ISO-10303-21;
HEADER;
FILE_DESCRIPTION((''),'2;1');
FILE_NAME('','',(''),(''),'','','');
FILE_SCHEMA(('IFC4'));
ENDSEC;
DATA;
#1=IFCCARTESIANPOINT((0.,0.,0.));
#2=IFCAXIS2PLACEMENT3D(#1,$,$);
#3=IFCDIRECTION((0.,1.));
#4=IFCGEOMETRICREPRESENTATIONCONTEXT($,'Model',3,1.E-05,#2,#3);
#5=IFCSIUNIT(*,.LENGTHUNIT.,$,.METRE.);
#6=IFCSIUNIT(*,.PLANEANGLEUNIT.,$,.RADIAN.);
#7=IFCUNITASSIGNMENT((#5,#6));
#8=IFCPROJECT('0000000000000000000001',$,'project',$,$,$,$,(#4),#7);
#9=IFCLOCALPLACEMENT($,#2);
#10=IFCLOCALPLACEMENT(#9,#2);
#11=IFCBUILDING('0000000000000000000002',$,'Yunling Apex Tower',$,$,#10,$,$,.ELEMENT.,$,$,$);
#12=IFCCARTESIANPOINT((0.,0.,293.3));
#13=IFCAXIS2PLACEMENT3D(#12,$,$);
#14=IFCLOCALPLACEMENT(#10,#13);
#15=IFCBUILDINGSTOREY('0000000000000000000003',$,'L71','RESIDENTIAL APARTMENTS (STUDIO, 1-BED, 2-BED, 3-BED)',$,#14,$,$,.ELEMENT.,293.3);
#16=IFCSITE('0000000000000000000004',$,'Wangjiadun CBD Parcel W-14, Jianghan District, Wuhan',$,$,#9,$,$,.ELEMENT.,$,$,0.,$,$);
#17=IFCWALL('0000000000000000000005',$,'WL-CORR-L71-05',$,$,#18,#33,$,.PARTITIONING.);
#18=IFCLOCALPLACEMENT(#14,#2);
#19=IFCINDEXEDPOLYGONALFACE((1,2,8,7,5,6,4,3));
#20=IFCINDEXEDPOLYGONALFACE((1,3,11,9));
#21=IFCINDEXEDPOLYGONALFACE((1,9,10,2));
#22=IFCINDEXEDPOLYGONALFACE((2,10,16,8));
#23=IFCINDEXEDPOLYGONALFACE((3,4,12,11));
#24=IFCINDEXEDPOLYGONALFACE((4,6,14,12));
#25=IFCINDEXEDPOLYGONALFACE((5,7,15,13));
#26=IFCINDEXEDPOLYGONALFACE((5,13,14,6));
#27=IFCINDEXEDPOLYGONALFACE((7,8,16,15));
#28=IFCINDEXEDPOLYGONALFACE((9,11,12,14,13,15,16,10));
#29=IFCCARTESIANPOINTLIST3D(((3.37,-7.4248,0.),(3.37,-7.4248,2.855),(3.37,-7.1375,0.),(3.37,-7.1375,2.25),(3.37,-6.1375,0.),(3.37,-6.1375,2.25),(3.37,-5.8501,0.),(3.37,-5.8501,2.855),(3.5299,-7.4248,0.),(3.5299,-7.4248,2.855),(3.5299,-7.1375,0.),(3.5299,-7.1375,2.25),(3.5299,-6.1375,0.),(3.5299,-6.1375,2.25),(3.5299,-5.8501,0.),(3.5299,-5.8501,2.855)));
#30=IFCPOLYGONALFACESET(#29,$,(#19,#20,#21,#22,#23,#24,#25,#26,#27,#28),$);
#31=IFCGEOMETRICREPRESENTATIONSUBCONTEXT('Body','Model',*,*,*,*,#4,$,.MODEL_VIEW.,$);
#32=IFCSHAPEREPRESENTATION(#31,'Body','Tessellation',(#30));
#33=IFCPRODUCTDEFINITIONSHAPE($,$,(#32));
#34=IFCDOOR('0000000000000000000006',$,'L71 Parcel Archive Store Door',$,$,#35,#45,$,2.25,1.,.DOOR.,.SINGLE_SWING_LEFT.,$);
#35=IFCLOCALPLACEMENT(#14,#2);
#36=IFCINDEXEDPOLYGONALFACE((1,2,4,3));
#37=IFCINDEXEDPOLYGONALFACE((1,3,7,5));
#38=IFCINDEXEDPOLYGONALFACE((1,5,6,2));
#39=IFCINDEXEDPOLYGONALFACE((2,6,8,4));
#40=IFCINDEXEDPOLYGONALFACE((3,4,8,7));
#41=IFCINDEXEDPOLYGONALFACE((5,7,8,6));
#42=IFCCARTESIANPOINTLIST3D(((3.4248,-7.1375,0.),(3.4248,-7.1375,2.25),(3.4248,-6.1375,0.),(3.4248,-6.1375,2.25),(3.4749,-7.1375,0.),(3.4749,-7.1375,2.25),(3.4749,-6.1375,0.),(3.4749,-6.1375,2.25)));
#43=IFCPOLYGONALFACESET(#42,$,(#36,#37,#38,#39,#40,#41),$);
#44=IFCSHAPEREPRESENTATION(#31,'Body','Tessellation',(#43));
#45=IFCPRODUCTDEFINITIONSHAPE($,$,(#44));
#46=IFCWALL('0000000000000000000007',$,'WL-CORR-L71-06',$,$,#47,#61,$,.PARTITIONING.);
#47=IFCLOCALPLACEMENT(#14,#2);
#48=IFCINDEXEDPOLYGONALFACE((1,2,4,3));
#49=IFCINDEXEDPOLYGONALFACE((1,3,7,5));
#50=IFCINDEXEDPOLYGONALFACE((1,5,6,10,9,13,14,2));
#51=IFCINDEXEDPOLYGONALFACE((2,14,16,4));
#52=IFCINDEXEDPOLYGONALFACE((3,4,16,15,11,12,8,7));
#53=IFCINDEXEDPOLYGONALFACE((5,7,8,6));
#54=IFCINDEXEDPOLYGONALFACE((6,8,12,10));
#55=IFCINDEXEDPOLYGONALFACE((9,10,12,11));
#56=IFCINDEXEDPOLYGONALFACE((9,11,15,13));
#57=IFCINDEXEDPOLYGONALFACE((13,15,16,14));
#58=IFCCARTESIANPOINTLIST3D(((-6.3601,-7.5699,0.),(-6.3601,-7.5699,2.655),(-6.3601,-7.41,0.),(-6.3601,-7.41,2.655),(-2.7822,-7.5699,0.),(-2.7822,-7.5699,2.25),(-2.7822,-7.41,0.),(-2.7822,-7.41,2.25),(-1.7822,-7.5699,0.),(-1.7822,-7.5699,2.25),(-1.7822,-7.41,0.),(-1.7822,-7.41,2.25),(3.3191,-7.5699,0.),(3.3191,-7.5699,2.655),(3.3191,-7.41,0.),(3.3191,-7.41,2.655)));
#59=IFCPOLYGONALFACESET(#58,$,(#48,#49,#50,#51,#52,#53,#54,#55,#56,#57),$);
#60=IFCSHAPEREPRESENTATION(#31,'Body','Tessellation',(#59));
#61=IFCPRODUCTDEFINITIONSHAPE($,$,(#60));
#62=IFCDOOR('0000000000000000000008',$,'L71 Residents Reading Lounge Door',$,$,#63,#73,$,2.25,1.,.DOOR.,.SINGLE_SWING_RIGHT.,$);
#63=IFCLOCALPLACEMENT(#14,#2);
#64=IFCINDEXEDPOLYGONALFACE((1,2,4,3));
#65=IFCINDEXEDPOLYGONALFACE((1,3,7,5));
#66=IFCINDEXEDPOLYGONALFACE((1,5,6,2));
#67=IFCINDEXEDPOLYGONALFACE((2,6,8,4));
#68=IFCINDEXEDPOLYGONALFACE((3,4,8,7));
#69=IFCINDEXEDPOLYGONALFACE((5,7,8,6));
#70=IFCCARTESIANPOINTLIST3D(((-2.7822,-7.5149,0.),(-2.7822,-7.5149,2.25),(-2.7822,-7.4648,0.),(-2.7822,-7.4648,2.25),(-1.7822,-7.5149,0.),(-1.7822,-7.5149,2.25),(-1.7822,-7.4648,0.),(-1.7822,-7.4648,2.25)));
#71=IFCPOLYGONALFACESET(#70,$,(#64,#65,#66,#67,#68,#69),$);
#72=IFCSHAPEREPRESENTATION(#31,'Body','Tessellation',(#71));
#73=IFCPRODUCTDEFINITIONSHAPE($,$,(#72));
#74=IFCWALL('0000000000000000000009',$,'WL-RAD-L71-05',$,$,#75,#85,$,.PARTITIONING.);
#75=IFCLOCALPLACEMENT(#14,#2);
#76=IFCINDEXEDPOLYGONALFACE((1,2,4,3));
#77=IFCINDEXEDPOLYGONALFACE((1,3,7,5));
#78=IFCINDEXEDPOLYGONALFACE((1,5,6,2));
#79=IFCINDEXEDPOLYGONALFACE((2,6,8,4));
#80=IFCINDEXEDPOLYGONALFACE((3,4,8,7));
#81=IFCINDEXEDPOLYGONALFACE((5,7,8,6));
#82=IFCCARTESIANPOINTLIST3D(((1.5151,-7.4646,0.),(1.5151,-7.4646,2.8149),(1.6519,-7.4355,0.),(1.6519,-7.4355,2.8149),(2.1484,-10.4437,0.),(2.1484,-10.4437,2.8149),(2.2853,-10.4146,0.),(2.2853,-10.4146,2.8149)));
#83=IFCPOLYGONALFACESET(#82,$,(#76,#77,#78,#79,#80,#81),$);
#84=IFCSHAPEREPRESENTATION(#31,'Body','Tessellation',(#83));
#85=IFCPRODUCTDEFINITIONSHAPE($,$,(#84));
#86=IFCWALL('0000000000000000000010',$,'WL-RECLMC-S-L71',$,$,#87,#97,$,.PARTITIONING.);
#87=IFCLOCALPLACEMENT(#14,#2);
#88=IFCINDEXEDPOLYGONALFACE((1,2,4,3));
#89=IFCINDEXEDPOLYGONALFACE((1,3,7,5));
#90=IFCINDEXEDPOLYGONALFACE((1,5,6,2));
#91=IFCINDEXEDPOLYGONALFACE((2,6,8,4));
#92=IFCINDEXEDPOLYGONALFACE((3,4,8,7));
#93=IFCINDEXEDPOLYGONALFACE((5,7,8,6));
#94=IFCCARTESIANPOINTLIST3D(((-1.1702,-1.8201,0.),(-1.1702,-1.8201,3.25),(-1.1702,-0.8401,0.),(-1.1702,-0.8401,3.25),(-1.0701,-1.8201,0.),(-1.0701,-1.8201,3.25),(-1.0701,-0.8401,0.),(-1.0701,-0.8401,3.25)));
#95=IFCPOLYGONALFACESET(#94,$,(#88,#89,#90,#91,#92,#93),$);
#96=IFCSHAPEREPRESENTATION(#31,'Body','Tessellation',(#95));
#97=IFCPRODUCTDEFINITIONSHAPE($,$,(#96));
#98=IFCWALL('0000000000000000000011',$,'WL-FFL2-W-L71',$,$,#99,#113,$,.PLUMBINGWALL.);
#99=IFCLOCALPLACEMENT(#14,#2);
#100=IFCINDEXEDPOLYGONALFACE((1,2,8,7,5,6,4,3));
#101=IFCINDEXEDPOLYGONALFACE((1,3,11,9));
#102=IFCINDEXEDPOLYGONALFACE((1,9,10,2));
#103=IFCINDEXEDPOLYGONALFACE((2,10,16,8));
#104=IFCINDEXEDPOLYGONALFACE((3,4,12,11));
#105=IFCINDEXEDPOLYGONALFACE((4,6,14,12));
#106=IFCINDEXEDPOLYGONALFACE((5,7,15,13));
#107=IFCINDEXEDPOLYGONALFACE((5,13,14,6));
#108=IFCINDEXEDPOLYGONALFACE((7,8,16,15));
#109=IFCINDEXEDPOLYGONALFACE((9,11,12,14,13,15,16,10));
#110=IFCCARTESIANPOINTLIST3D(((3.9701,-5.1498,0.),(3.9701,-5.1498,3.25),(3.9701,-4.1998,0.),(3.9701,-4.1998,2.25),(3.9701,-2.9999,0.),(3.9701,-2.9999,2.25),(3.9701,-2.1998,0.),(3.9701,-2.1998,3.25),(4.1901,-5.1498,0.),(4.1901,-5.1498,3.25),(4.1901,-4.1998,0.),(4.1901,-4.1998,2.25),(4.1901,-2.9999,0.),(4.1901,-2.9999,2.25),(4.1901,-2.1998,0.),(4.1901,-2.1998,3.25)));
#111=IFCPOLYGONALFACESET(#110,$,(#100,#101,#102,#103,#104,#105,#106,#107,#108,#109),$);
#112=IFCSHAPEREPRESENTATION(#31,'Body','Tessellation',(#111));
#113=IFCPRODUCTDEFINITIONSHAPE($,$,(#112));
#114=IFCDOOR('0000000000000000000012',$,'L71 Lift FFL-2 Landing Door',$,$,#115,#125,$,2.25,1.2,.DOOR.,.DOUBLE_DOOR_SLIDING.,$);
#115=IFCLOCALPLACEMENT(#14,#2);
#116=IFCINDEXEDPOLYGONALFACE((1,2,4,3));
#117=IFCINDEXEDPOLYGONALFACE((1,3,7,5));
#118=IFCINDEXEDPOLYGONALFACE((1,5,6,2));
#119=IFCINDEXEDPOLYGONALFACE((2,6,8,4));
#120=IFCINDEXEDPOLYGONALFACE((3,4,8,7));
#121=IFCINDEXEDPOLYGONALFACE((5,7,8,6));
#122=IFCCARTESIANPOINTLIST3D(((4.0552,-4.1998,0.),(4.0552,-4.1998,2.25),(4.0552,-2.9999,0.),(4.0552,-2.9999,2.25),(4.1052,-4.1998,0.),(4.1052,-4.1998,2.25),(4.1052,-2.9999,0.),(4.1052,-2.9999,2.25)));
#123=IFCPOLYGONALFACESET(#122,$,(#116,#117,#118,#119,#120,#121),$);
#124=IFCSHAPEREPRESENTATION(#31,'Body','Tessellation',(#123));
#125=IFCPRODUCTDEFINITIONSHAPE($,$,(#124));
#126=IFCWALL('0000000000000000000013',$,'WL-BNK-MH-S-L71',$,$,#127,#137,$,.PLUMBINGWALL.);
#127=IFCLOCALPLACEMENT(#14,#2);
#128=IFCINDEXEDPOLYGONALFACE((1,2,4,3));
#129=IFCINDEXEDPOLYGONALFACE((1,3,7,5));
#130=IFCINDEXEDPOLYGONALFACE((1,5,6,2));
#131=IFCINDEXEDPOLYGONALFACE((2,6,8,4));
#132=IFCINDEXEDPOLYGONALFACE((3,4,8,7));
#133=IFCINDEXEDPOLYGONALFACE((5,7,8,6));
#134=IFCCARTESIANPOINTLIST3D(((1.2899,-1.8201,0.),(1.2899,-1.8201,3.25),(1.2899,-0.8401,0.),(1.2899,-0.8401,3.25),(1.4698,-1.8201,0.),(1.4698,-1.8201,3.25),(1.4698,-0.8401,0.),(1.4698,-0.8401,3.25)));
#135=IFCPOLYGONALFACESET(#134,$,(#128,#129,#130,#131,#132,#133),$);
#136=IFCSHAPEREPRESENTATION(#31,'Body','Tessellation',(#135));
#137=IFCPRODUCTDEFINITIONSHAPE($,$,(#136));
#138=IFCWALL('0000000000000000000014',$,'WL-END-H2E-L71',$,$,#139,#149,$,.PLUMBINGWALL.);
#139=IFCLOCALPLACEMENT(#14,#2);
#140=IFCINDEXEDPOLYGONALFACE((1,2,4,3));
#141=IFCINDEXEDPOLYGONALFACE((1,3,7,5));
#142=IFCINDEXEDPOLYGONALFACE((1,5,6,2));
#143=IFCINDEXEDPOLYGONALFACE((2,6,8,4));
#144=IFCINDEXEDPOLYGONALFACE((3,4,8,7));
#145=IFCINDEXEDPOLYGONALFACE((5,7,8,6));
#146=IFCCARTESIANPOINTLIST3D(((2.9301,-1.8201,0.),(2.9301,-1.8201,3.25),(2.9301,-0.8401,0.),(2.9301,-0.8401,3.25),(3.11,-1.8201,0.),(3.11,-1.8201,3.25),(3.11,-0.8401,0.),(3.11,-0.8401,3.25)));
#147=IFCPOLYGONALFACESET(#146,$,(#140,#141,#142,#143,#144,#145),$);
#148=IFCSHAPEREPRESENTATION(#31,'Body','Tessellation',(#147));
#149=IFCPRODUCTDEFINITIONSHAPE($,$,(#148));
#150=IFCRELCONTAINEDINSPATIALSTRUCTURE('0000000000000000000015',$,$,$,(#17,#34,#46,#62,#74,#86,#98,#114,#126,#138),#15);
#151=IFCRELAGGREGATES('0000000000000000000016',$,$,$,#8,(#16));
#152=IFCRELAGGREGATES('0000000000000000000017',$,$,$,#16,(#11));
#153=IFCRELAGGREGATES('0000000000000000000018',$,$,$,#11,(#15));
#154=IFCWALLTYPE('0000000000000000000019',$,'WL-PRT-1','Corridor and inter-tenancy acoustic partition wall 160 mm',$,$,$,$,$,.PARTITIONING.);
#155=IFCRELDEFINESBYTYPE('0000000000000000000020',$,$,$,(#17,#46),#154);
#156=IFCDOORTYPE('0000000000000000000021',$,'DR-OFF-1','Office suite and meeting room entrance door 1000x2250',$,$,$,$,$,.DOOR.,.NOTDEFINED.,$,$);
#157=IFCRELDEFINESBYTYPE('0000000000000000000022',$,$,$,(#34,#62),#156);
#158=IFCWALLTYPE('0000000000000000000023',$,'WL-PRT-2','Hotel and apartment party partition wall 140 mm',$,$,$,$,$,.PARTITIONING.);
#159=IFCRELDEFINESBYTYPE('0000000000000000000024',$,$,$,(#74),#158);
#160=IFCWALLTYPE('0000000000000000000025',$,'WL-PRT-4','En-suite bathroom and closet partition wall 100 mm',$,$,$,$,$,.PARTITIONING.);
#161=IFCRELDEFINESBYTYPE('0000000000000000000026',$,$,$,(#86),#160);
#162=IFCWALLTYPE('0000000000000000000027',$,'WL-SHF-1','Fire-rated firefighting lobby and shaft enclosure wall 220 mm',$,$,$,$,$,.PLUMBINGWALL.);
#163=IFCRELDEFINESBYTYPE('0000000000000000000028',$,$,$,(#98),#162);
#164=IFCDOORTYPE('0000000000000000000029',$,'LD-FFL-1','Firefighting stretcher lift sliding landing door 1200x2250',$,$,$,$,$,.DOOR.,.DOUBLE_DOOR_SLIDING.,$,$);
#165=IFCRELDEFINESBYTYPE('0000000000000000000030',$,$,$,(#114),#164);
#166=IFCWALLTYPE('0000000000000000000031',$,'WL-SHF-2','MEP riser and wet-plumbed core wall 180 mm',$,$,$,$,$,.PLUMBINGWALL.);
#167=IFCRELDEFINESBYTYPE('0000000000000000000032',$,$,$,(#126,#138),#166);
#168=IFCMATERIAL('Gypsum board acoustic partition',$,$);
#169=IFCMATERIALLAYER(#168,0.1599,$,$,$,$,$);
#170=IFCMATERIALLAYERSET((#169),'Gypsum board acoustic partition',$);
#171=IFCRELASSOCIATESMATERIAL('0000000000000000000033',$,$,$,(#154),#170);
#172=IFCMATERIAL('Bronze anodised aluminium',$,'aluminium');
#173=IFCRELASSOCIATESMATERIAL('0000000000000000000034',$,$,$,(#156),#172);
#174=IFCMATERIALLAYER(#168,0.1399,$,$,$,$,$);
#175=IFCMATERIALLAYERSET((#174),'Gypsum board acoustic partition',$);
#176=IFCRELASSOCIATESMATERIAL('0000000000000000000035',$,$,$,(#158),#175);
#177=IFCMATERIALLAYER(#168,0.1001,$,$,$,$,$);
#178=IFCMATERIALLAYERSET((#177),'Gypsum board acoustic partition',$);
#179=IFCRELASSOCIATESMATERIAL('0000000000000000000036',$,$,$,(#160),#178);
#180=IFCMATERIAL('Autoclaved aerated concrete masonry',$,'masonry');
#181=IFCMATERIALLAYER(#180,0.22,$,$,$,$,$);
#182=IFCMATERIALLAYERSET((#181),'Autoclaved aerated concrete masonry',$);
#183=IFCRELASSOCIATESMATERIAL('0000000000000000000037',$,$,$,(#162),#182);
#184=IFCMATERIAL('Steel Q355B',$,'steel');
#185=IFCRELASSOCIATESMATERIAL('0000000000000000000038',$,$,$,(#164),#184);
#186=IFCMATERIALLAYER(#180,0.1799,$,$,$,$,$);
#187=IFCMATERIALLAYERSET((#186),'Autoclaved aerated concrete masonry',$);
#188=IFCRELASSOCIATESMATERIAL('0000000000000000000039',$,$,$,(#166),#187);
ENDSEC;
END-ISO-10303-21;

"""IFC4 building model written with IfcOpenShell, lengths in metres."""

from ifc_helpers import new_model, si_unit, direction, frame, frame_2d, origin, place, context, subcontext, project, spatial, rectangle, extrude, material, layer, layer_set, type_object, element, fill, save


model = new_model("IFC4")

# Units and contexts
model_context = context("Model", 3, precision=1e-05, world=origin(), true_north=direction((0.0, 1.0)))
body_context = subcontext(model_context, "Body", "Model", "MODEL_VIEW")
ifc_project = project(units=[si_unit("LENGTHUNIT", "METRE"), si_unit("PLANEANGLEUNIT", "RADIAN")], contexts=[model_context])

# Site, building, storey
site_placement = place(None, origin())
site = spatial("IfcSite", under=ifc_project, at=site_placement, Name="Wangjiadun CBD Parcel W-14, Jianghan District, Wuhan", CompositionType="ELEMENT", RefElevation=0.0)
building_placement = place(site_placement, origin())
building = spatial("IfcBuilding", under=site, at=building_placement, Name="Yunling Apex Tower", CompositionType="ELEMENT")
storey_placement = place(building_placement, frame((0.0, 0.0, 293.3)))
storey = spatial("IfcBuildingStorey", under=building, at=storey_placement, Name="L71", Description="RESIDENTIAL APARTMENTS (STUDIO, 1-BED, 2-BED, 3-BED)", CompositionType="ELEMENT", Elevation=293.3)

# Shared definitions
ifc_material_1 = material(Name="Steel Q355B", Category="steel")

# Shared definitions
ifc_material_2 = material(Name="Bronze anodised aluminium", Category="aluminium")

# Walls, openings, doors
ifc_material_3 = material(Name="Gypsum board acoustic partition")
ifc_layer_1 = layer(ifc_material_3, 0.1599)
ifc_layer_set_1 = layer_set([ifc_layer_1], Name="Gypsum board acoustic partition")
wall_type_1 = type_object("IfcWallType", Name="WL-PRT-1", Description="Corridor and inter-tenancy acoustic partition wall 160 mm", PredefinedType="PARTITIONING", material=ifc_layer_set_1)
wall_1_placement = place(storey_placement, frame((3.45, -5.8501, 0.0), z_axis=(0.0, 0.0, 1.0), x_axis=(0.0, -1.0, 0.0)))
wall_1 = element("IfcWall", 1, at=wall_1_placement, inside=storey, type_object=wall_type_1, Name="WL-CORR-L71-05", PredefinedType="PARTITIONING", context=body_context, shape_type="SweptSolid", body=[
    extrude(rectangle(XDim=1.5747, YDim=0.1599, at=frame_2d((0.7874, 0.0))), origin(), (0.0, 0.0, 1.0), 2.855),
])
opening_1_placement = place(wall_1_placement, frame((0.2874, 0.0, 0.0)))
opening_1 = element("IfcOpeningElement", 2, at=opening_1_placement, cuts=wall_1, PredefinedType="OPENING", context=body_context, shape_type="SweptSolid", body=[
    extrude(rectangle(XDim=1.0, YDim=2.25, at=frame_2d((0.5, 1.125))), frame((0.0, 0.0898, 0.0), z_axis=(0.0, -1.0, 0.0), x_axis=(1.0, 0.0, 0.0)), (0.0, 0.0, 1.0), 0.1799),
])
door_type_1 = type_object("IfcDoorType", Name="DR-OFF-1", Description="Office suite and meeting room entrance door 1000x2250", OperationType="NOTDEFINED", PredefinedType="DOOR", material=ifc_material_2)
door_1_placement = place(opening_1_placement, origin())
door_1 = element("IfcDoor", 3, at=door_1_placement, inside=storey, type_object=door_type_1, Name="L71 Parcel Archive Store Door", OperationType="SINGLE_SWING_LEFT", OverallHeight=2.25, OverallWidth=1.0, PredefinedType="DOOR", context=body_context, shape_type="SweptSolid", body=[
    extrude(rectangle(XDim=1.0, YDim=2.25, at=frame_2d((0.5, 1.125))), frame((0.0, 0.0249, 0.0), z_axis=(0.0, -1.0, 0.0), x_axis=(1.0, 0.0, 0.0)), (0.0, 0.0, 1.0), 0.05),
])
fill(opening_1, door_1)
wall_2_placement = place(storey_placement, frame((3.3191, -7.49, 0.0), z_axis=(0.0, 0.0, 1.0), x_axis=(-1.0, 0.0, 0.0)))
wall_2 = element("IfcWall", 4, at=wall_2_placement, inside=storey, type_object=wall_type_1, Name="WL-CORR-L71-06", PredefinedType="PARTITIONING", context=body_context, shape_type="SweptSolid", body=[
    extrude(rectangle(XDim=9.6792, YDim=0.1599, at=frame_2d((4.8396, 0.0))), origin(), (0.0, 0.0, 1.0), 2.655),
])
opening_2_placement = place(wall_2_placement, frame((5.1013, 0.0, 0.0)))
opening_2 = element("IfcOpeningElement", 5, at=opening_2_placement, cuts=wall_2, PredefinedType="OPENING", context=body_context, shape_type="SweptSolid", body=[
    extrude(rectangle(XDim=1.0, YDim=2.25, at=frame_2d((0.5, 1.125))), frame((0.0, 0.0898, 0.0), z_axis=(0.0, -1.0, 0.0), x_axis=(1.0, 0.0, 0.0)), (0.0, 0.0, 1.0), 0.1799),
])
door_2_placement = place(opening_2_placement, origin())
door_2 = element("IfcDoor", 6, at=door_2_placement, inside=storey, type_object=door_type_1, Name="L71 Residents Reading Lounge Door", OperationType="SINGLE_SWING_RIGHT", OverallHeight=2.25, OverallWidth=1.0, PredefinedType="DOOR", context=body_context, shape_type="SweptSolid", body=[
    extrude(rectangle(XDim=1.0, YDim=2.25, at=frame_2d((0.5, 1.125))), frame((0.0, 0.0249, 0.0), z_axis=(0.0, -1.0, 0.0), x_axis=(1.0, 0.0, 0.0)), (0.0, 0.0, 1.0), 0.05),
])
fill(opening_2, door_2)

# Walls
ifc_layer_2 = layer(ifc_material_3, 0.1399)
ifc_layer_set_2 = layer_set([ifc_layer_2], Name="Gypsum board acoustic partition")
wall_type_2 = type_object("IfcWallType", Name="WL-PRT-2", Description="Hotel and apartment party partition wall 140 mm", PredefinedType="PARTITIONING", material=ifc_layer_set_2)
wall_3_placement = place(storey_placement, frame((1.5835, -7.45, 0.0), z_axis=(0.0, 0.0, 1.0), x_axis=(0.207941, -0.978141, 0.0)))
element("IfcWall", 7, at=wall_3_placement, inside=storey, type_object=wall_type_2, Name="WL-RAD-L71-05", PredefinedType="PARTITIONING", context=body_context, shape_type="SweptSolid", body=[
    extrude(rectangle(XDim=3.0457, YDim=0.1399, at=frame_2d((1.5229, 0.0))), origin(), (0.0, 0.0, 1.0), 2.8149),
])
ifc_layer_3 = layer(ifc_material_3, 0.1001)
ifc_layer_set_3 = layer_set([ifc_layer_3], Name="Gypsum board acoustic partition")
wall_type_3 = type_object("IfcWallType", Name="WL-PRT-4", Description="En-suite bathroom and closet partition wall 100 mm", PredefinedType="PARTITIONING", material=ifc_layer_set_3)
wall_4_placement = place(storey_placement, frame((-1.1201, -1.8201, 0.0), z_axis=(0.0, 0.0, 1.0), x_axis=(0.0, 1.0, 0.0)))
element("IfcWall", 8, at=wall_4_placement, inside=storey, type_object=wall_type_3, Name="WL-RECLMC-S-L71", PredefinedType="PARTITIONING", context=body_context, shape_type="SweptSolid", body=[
    extrude(rectangle(XDim=0.98, YDim=0.1001, at=frame_2d((0.49, 0.0))), origin(), (0.0, 0.0, 1.0), 3.25),
])

# Wall, opening, door
ifc_material_4 = material(Name="Autoclaved aerated concrete masonry", Category="masonry")
ifc_layer_4 = layer(ifc_material_4, 0.22)
ifc_layer_set_4 = layer_set([ifc_layer_4], Name="Autoclaved aerated concrete masonry")
wall_type_4 = type_object("IfcWallType", Name="WL-SHF-1", Description="Fire-rated firefighting lobby and shaft enclosure wall 220 mm", PredefinedType="PLUMBINGWALL", material=ifc_layer_set_4)
wall_5_placement = place(storey_placement, frame((4.0801, -5.1499, 0.0), z_axis=(0.0, 0.0, 1.0), x_axis=(0.0, 1.0, 0.0)))
wall_5 = element("IfcWall", 9, at=wall_5_placement, inside=storey, type_object=wall_type_4, Name="WL-FFL2-W-L71", PredefinedType="PLUMBINGWALL", context=body_context, shape_type="SweptSolid", body=[
    extrude(rectangle(XDim=2.95, YDim=0.22, at=frame_2d((1.4751, 0.0))), origin(), (0.0, 0.0, 1.0), 3.25),
])
opening_3_placement = place(wall_5_placement, frame((0.95, 0.0, 0.0)))
opening_3 = element("IfcOpeningElement", 10, at=opening_3_placement, cuts=wall_5, PredefinedType="OPENING", context=body_context, shape_type="SweptSolid", body=[
    extrude(rectangle(XDim=1.2, YDim=2.25, at=frame_2d((0.6001, 1.125))), frame((0.0, 0.1201, 0.0), z_axis=(0.0, -1.0, 0.0), x_axis=(1.0, 0.0, 0.0)), (0.0, 0.0, 1.0), 0.24),
])
door_type_2 = type_object("IfcDoorType", Name="LD-FFL-1", Description="Firefighting stretcher lift sliding landing door 1200x2250", OperationType="DOUBLE_DOOR_SLIDING", PredefinedType="DOOR", material=ifc_material_1)
door_3_placement = place(opening_3_placement, origin())
door_3 = element("IfcDoor", 11, at=door_3_placement, inside=storey, type_object=door_type_2, Name="L71 Lift FFL-2 Landing Door", OperationType="DOUBLE_DOOR_SLIDING", OverallHeight=2.25, OverallWidth=1.2, PredefinedType="DOOR", context=body_context, shape_type="SweptSolid", body=[
    extrude(rectangle(XDim=1.2, YDim=2.25, at=frame_2d((0.6001, 1.125))), frame((0.0, 0.0249, 0.0), z_axis=(0.0, -1.0, 0.0), x_axis=(1.0, 0.0, 0.0)), (0.0, 0.0, 1.0), 0.05),
])
fill(opening_3, door_3)

# Walls
ifc_layer_5 = layer(ifc_material_4, 0.1799)
ifc_layer_set_5 = layer_set([ifc_layer_5], Name="Autoclaved aerated concrete masonry")
wall_type_5 = type_object("IfcWallType", Name="WL-SHF-2", Description="MEP riser and wet-plumbed core wall 180 mm", PredefinedType="PLUMBINGWALL", material=ifc_layer_set_5)
for number, where, z_axis, x_axis, name in (
    (12, (1.3799, -1.8201, 0.0), (0.0, 0.0, 1.0), (0.0, 1.0, 0.0), "WL-BNK-MH-S-L71"),
    (13, (3.02, -1.8201, 0.0), (0.0, 0.0, 1.0), (0.0, 1.0, 0.0), "WL-END-H2E-L71"),
):
    element("IfcWall", number, at=place(storey_placement, frame(where, z_axis=z_axis, x_axis=x_axis)), inside=storey, type_object=wall_type_5, Name=name, PredefinedType="PLUMBINGWALL", context=body_context, shape_type="SweptSolid", body=[
        extrude(rectangle(XDim=0.98, YDim=0.1799, at=frame_2d((0.49, 0.0))), origin(), (0.0, 0.0, 1.0), 3.25),
    ])

save(model, "model.ifc")
